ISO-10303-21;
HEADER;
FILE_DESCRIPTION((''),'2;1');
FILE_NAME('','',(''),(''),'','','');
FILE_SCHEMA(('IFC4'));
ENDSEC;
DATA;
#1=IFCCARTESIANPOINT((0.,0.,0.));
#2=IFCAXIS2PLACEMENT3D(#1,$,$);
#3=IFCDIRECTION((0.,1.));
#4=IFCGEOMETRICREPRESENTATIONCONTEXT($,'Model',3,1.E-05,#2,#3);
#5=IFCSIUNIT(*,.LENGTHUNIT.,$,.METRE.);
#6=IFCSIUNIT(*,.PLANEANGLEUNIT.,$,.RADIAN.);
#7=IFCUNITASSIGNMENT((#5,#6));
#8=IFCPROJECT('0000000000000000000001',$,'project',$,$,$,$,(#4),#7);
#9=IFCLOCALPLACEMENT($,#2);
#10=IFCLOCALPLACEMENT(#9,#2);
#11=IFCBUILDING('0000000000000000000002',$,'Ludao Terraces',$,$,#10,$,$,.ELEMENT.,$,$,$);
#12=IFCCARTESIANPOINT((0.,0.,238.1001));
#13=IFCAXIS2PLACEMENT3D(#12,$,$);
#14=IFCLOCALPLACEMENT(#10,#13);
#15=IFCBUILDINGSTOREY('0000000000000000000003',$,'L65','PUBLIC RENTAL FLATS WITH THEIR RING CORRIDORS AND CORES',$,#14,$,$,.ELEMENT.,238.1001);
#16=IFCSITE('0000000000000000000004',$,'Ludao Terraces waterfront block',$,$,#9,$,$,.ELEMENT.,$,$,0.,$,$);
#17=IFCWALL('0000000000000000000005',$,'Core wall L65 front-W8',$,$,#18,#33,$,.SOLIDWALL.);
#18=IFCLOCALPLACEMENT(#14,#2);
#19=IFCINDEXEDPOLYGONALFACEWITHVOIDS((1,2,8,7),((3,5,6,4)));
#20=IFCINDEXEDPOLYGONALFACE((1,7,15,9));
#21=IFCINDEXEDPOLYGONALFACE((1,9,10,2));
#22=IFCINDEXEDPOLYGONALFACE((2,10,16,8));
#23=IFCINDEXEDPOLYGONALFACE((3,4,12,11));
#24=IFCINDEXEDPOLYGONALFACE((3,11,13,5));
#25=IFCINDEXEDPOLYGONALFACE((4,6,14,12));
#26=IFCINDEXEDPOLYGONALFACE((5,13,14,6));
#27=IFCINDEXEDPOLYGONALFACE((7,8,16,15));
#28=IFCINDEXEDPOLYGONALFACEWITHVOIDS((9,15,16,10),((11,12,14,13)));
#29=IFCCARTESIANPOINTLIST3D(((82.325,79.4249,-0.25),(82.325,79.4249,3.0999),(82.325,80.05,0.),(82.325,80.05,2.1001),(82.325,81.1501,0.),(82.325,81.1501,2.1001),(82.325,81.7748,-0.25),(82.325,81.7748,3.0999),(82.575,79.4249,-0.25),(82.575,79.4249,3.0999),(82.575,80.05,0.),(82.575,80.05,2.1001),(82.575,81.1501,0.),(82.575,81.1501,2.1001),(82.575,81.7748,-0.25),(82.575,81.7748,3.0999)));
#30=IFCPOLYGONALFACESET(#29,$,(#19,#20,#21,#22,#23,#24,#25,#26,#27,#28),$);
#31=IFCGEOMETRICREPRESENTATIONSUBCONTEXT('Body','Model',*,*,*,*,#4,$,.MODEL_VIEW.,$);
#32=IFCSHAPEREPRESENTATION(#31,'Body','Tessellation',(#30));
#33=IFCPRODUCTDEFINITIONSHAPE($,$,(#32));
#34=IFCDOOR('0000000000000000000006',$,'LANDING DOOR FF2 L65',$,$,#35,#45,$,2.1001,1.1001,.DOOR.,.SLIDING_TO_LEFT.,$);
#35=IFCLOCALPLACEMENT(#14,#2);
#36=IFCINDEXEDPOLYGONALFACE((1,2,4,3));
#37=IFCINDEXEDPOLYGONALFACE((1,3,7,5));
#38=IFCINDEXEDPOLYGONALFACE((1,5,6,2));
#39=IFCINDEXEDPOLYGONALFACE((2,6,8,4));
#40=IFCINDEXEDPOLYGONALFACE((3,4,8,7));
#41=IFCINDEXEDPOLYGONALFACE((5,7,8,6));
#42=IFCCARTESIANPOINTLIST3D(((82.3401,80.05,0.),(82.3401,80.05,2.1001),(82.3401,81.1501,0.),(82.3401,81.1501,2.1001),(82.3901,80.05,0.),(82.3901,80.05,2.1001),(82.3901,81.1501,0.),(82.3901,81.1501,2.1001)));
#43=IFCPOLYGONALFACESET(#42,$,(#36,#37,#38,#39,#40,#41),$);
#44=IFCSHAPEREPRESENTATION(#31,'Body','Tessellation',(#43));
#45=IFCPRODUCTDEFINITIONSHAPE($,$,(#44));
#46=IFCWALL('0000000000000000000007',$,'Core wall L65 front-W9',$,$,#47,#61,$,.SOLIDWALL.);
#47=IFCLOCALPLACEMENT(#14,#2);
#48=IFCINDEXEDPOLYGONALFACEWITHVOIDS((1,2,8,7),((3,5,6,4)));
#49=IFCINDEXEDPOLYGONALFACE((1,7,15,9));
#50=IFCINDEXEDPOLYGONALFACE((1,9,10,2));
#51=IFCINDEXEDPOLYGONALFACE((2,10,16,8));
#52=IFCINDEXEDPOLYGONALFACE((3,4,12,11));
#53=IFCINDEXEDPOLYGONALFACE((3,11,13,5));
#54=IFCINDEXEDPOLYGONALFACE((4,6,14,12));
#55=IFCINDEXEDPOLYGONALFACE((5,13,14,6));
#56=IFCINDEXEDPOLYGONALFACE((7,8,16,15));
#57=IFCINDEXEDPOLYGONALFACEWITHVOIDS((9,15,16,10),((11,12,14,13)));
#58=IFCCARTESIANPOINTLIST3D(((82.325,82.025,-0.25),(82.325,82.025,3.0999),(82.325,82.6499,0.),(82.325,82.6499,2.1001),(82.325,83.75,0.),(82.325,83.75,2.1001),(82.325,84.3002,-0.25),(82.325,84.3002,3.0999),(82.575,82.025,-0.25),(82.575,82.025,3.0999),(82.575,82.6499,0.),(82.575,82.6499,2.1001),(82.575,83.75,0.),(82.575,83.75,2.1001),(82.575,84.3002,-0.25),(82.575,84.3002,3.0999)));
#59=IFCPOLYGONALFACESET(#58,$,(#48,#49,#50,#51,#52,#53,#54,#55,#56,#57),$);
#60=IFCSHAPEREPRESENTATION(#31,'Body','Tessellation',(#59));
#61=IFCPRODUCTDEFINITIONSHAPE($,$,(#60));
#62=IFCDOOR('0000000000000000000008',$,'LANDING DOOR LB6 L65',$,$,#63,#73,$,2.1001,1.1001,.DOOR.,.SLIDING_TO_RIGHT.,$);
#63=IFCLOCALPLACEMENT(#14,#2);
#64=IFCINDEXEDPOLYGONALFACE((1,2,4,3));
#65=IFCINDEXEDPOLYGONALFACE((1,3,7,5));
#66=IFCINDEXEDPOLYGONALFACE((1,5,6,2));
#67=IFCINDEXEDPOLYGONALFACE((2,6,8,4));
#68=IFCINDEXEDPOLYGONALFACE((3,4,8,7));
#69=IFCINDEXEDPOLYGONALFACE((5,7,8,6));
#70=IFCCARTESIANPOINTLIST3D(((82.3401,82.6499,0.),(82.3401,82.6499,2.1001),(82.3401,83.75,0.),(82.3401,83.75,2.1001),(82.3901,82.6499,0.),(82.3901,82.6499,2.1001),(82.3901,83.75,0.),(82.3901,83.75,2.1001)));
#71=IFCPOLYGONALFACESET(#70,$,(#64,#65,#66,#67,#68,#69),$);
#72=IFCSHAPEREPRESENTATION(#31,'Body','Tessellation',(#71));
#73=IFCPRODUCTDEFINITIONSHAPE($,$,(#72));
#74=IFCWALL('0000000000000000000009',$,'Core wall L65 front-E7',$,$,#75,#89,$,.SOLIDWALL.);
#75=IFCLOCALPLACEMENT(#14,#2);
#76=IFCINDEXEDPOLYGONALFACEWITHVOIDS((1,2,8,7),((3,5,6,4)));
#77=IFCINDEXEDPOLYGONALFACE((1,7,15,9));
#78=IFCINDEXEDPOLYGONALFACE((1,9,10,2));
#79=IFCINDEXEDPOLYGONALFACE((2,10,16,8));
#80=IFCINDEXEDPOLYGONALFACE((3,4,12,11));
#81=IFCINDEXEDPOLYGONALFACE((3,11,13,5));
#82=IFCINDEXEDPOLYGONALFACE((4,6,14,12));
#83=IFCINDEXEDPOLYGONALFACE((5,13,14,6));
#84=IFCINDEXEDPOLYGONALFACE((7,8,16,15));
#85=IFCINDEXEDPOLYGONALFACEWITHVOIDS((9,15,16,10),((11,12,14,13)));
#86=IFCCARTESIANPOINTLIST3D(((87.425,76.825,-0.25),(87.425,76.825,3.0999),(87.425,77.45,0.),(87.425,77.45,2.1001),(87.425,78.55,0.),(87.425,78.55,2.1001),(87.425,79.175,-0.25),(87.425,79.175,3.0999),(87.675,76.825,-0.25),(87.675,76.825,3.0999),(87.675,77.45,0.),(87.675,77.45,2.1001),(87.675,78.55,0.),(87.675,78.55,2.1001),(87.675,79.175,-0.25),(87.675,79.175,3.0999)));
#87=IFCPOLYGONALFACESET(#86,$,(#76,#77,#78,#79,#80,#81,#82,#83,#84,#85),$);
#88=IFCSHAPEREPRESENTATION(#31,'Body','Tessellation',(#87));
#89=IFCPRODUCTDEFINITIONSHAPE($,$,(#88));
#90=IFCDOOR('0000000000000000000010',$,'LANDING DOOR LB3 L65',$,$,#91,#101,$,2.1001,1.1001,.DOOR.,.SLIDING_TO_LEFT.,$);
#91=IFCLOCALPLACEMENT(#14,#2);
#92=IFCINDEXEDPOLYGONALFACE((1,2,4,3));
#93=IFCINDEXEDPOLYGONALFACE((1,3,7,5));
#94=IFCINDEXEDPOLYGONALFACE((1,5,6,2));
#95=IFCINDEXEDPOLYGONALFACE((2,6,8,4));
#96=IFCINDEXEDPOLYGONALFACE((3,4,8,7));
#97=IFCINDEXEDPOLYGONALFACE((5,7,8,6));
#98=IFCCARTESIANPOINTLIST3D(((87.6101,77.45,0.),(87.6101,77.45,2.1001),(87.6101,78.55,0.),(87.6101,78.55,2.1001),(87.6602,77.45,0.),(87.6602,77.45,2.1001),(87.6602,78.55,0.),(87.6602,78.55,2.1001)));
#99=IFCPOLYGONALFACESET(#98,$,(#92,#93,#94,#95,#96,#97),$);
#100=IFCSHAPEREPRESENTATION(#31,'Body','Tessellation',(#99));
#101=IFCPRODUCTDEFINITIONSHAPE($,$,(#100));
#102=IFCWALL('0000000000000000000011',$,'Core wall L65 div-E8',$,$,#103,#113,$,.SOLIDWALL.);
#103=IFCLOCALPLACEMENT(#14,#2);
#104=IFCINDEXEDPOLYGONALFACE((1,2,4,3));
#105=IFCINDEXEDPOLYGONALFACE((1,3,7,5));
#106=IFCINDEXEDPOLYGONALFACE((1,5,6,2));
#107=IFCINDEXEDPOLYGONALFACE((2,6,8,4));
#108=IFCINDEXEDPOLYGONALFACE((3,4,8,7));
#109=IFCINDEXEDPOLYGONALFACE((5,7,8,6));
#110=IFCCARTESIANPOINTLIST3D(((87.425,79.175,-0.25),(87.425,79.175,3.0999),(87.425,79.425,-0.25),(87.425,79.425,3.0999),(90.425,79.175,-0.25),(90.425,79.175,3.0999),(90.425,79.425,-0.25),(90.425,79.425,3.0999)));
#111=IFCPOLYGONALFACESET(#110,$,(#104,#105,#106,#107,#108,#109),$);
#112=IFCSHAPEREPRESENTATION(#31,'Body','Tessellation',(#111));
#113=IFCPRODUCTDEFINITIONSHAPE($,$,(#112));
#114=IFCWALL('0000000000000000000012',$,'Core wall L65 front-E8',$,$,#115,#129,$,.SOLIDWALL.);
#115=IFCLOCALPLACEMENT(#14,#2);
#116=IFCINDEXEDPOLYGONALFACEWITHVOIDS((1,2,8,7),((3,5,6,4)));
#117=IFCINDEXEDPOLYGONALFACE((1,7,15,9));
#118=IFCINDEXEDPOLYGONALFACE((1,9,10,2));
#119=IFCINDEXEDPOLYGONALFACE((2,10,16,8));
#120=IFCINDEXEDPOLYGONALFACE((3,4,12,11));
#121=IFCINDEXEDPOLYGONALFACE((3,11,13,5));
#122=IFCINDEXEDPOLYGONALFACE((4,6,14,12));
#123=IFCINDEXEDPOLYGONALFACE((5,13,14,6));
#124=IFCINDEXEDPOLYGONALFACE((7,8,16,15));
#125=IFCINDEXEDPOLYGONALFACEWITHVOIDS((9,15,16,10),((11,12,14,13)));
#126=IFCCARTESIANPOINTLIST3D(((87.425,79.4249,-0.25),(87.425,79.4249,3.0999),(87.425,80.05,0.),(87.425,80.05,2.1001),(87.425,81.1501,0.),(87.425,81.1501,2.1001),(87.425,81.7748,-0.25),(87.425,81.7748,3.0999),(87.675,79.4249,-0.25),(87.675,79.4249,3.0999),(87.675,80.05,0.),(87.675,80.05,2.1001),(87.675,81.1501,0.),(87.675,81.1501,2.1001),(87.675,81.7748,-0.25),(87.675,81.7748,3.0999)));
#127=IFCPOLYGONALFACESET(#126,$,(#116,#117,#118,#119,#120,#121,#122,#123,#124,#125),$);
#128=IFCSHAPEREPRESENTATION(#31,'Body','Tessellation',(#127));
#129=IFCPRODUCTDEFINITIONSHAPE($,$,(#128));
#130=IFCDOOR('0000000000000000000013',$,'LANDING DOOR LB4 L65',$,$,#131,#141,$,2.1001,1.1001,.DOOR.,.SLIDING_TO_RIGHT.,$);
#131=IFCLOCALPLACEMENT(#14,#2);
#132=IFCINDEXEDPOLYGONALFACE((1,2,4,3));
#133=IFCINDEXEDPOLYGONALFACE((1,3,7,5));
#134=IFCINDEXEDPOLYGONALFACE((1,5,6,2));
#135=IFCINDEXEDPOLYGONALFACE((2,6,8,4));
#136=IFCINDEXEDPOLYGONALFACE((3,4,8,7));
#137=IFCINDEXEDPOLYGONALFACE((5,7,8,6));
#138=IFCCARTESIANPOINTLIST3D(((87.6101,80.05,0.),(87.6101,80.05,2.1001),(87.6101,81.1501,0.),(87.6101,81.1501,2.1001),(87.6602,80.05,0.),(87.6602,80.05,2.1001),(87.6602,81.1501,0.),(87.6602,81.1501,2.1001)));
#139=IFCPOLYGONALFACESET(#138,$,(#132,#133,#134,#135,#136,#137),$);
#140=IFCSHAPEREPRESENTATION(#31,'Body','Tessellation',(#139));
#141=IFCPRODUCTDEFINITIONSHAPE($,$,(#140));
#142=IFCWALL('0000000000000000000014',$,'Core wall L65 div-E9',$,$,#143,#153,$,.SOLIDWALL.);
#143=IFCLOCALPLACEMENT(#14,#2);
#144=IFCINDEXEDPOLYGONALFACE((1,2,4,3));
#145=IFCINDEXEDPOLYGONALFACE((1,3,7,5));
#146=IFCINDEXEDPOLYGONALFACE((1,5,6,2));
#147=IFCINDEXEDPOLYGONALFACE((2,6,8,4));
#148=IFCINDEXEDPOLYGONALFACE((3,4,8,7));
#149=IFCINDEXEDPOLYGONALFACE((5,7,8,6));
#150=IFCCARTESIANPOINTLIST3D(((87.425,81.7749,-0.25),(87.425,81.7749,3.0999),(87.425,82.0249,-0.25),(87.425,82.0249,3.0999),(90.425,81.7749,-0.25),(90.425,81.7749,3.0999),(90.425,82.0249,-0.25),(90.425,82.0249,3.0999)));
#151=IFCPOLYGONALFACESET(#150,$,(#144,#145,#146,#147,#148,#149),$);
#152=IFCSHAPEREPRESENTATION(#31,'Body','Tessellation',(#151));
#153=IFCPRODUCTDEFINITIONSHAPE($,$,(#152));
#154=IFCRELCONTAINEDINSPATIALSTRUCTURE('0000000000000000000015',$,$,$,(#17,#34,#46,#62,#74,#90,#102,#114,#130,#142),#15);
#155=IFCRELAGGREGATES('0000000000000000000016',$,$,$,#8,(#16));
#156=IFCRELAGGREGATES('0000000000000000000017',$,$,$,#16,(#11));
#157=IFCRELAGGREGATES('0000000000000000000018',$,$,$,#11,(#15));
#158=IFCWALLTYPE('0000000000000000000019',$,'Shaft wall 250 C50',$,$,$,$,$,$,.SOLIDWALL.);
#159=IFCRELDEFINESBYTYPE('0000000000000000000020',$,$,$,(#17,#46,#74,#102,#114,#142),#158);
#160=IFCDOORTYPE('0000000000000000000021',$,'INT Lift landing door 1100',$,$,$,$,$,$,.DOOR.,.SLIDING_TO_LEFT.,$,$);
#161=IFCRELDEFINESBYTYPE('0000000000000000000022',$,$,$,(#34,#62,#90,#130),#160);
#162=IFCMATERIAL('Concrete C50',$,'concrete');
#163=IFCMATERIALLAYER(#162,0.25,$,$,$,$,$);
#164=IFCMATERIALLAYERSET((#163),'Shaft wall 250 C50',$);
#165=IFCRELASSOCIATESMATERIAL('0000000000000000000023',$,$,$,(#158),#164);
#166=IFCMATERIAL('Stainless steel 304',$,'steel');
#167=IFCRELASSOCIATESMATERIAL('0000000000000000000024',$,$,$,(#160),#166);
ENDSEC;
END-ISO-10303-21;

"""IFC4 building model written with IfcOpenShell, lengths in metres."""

from ifc_helpers import new_model, si_unit, direction, frame, frame_2d, origin, place, context, subcontext, project, spatial, rectangle, extrude, material, layer, layer_set, type_object, element, fill, save


model = new_model("IFC4")

# Units and contexts
model_context = context("Model", 3, precision=1e-05, world=origin(), true_north=direction((0.0, 1.0)))
body_context = subcontext(model_context, "Body", "Model", "MODEL_VIEW")
ifc_project = project(units=[si_unit("LENGTHUNIT", "METRE"), si_unit("PLANEANGLEUNIT", "RADIAN")], contexts=[model_context])

# Site, building, storey
site_placement = place(None, origin())
site = spatial("IfcSite", under=ifc_project, at=site_placement, Name="Ludao Terraces waterfront block", CompositionType="ELEMENT", RefElevation=0.0)
building_placement = place(site_placement, origin())
building = spatial("IfcBuilding", under=site, at=building_placement, Name="Ludao Terraces", CompositionType="ELEMENT")
storey_placement = place(building_placement, frame((0.0, 0.0, 238.1001)))
storey = spatial("IfcBuildingStorey", under=building, at=storey_placement, Name="L65", Description="PUBLIC RENTAL FLATS WITH THEIR RING CORRIDORS AND CORES", CompositionType="ELEMENT", Elevation=238.1001)

# Shared definitions
ifc_material_1 = material(Name="Concrete C50", Category="concrete")

# Shared definitions
ifc_layer_1 = layer(ifc_material_1, 0.25)
ifc_layer_set_1 = layer_set([ifc_layer_1], Name="Shaft wall 250 C50")
wall_type_1 = type_object("IfcWallType", Name="Shaft wall 250 C50", PredefinedType="SOLIDWALL", material=ifc_layer_set_1)

# Walls, openings, doors
wall_1_placement = place(storey_placement, frame((82.45, 79.425, -0.25), z_axis=(0.0, 0.0, 1.0), x_axis=(0.0, 1.0, 0.0)))
wall_1 = element("IfcWall", 1, at=wall_1_placement, inside=storey, type_object=wall_type_1, Name="Core wall L65 front-W8", PredefinedType="SOLIDWALL", context=body_context, shape_type="SweptSolid", body=[
    extrude(rectangle(XDim=2.3499, YDim=0.25, at=frame_2d((1.1748, 0.0))), origin(), (0.0, 0.0, 1.0), 3.3499),
])
opening_1_placement = place(wall_1_placement, frame((0.625, 0.0, 0.25)))
opening_1 = element("IfcOpeningElement", 2, at=opening_1_placement, cuts=wall_1, PredefinedType="OPENING", context=body_context, shape_type="SweptSolid", body=[
    extrude(rectangle(XDim=1.1001, YDim=2.1001, at=frame_2d((0.55, 1.05))), frame((0.0, 0.135, 0.0), z_axis=(0.0, -1.0, 0.0), x_axis=(1.0, 0.0, 0.0)), (0.0, 0.0, 1.0), 0.27),
])
ifc_material_2 = material(Name="Stainless steel 304", Category="steel")
door_type_1 = type_object("IfcDoorType", Name="INT Lift landing door 1100", OperationType="SLIDING_TO_LEFT", PredefinedType="DOOR", material=ifc_material_2)
door_1_placement = place(opening_1_placement, origin())
door_1 = element("IfcDoor", 3, at=door_1_placement, inside=storey, type_object=door_type_1, Name="LANDING DOOR FF2 L65", OperationType="SLIDING_TO_LEFT", OverallHeight=2.1001, OverallWidth=1.1001, PredefinedType="DOOR", context=body_context, shape_type="SweptSolid", body=[
    extrude(rectangle(XDim=1.1001, YDim=2.1001, at=frame_2d((0.55, 1.05))), frame((0.0, 0.1099, 0.0), z_axis=(0.0, -1.0, 0.0), x_axis=(1.0, 0.0, 0.0)), (0.0, 0.0, 1.0), 0.05),
])
fill(opening_1, door_1)
wall_2_placement = place(storey_placement, frame((82.45, 82.0249, -0.25), z_axis=(0.0, 0.0, 1.0), x_axis=(0.0, 1.0, 0.0)))
wall_2 = element("IfcWall", 4, at=wall_2_placement, inside=storey, type_object=wall_type_1, Name="Core wall L65 front-W9", PredefinedType="SOLIDWALL", context=body_context, shape_type="SweptSolid", body=[
    extrude(rectangle(XDim=2.2751, YDim=0.25, at=frame_2d((1.1377, 0.0))), origin(), (0.0, 0.0, 1.0), 3.3499),
])
opening_2_placement = place(wall_2_placement, frame((0.625, 0.0, 0.25)))
opening_2 = element("IfcOpeningElement", 5, at=opening_2_placement, cuts=wall_2, PredefinedType="OPENING", context=body_context, shape_type="SweptSolid", body=[
    extrude(rectangle(XDim=1.1001, YDim=2.1001, at=frame_2d((0.55, 1.05))), frame((0.0, 0.135, 0.0), z_axis=(0.0, -1.0, 0.0), x_axis=(1.0, 0.0, 0.0)), (0.0, 0.0, 1.0), 0.27),
])
door_2_placement = place(opening_2_placement, origin())
door_2 = element("IfcDoor", 6, at=door_2_placement, inside=storey, type_object=door_type_1, Name="LANDING DOOR LB6 L65", OperationType="SLIDING_TO_RIGHT", OverallHeight=2.1001, OverallWidth=1.1001, PredefinedType="DOOR", context=body_context, shape_type="SweptSolid", body=[
    extrude(rectangle(XDim=1.1001, YDim=2.1001, at=frame_2d((0.55, 1.05))), frame((0.0, 0.1099, 0.0), z_axis=(0.0, -1.0, 0.0), x_axis=(1.0, 0.0, 0.0)), (0.0, 0.0, 1.0), 0.05),
])
fill(opening_2, door_2)
wall_3_placement = place(storey_placement, frame((87.55, 76.825, -0.25), z_axis=(0.0, 0.0, 1.0), x_axis=(0.0, 1.0, 0.0)))
wall_3 = element("IfcWall", 7, at=wall_3_placement, inside=storey, type_object=wall_type_1, Name="Core wall L65 front-E7", PredefinedType="SOLIDWALL", context=body_context, shape_type="SweptSolid", body=[
    extrude(rectangle(XDim=2.3501, YDim=0.25, at=frame_2d((1.175, 0.0))), origin(), (0.0, 0.0, 1.0), 3.3499),
])
opening_3_placement = place(wall_3_placement, frame((0.625, 0.0, 0.25)))
opening_3 = element("IfcOpeningElement", 8, at=opening_3_placement, cuts=wall_3, PredefinedType="OPENING", context=body_context, shape_type="SweptSolid", body=[
    extrude(rectangle(XDim=1.1001, YDim=2.1001, at=frame_2d((0.55, 1.05))), frame((0.0, 0.135, 0.0), z_axis=(0.0, -1.0, 0.0), x_axis=(1.0, 0.0, 0.0)), (0.0, 0.0, 1.0), 0.27),
])
door_3_placement = place(opening_3_placement, origin())
door_3 = element("IfcDoor", 9, at=door_3_placement, inside=storey, type_object=door_type_1, Name="LANDING DOOR LB3 L65", OperationType="SLIDING_TO_LEFT", OverallHeight=2.1001, OverallWidth=1.1001, PredefinedType="DOOR", context=body_context, shape_type="SweptSolid", body=[
    extrude(rectangle(XDim=1.1001, YDim=2.1001, at=frame_2d((0.55, 1.05))), frame((0.0, -0.0601, 0.0), z_axis=(0.0, -1.0, 0.0), x_axis=(1.0, 0.0, 0.0)), (0.0, 0.0, 1.0), 0.05),
])
fill(opening_3, door_3)

# Wall
wall_4_placement = place(storey_placement, frame((87.425, 79.3, -0.25), z_axis=(0.0, 0.0, 1.0), x_axis=(1.0, 0.0, 0.0)))
element("IfcWall", 10, at=wall_4_placement, inside=storey, type_object=wall_type_1, Name="Core wall L65 div-E8", PredefinedType="SOLIDWALL", context=body_context, shape_type="SweptSolid", body=[
    extrude(rectangle(XDim=3.0, YDim=0.25, at=frame_2d((1.5, 0.0))), origin(), (0.0, 0.0, 1.0), 3.3499),
])

# Wall, opening, door
wall_5_placement = place(storey_placement, frame((87.55, 79.425, -0.25), z_axis=(0.0, 0.0, 1.0), x_axis=(0.0, 1.0, 0.0)))
wall_5 = element("IfcWall", 11, at=wall_5_placement, inside=storey, type_object=wall_type_1, Name="Core wall L65 front-E8", PredefinedType="SOLIDWALL", context=body_context, shape_type="SweptSolid", body=[
    extrude(rectangle(XDim=2.3499, YDim=0.25, at=frame_2d((1.1748, 0.0))), origin(), (0.0, 0.0, 1.0), 3.3499),
])
opening_4_placement = place(wall_5_placement, frame((0.625, 0.0, 0.25)))
opening_4 = element("IfcOpeningElement", 12, at=opening_4_placement, cuts=wall_5, PredefinedType="OPENING", context=body_context, shape_type="SweptSolid", body=[
    extrude(rectangle(XDim=1.1001, YDim=2.1001, at=frame_2d((0.55, 1.05))), frame((0.0, 0.135, 0.0), z_axis=(0.0, -1.0, 0.0), x_axis=(1.0, 0.0, 0.0)), (0.0, 0.0, 1.0), 0.27),
])
door_4_placement = place(opening_4_placement, origin())
door_4 = element("IfcDoor", 13, at=door_4_placement, inside=storey, type_object=door_type_1, Name="LANDING DOOR LB4 L65", OperationType="SLIDING_TO_RIGHT", OverallHeight=2.1001, OverallWidth=1.1001, PredefinedType="DOOR", context=body_context, shape_type="SweptSolid", body=[
    extrude(rectangle(XDim=1.1001, YDim=2.1001, at=frame_2d((0.55, 1.05))), frame((0.0, -0.0601, 0.0), z_axis=(0.0, -1.0, 0.0), x_axis=(1.0, 0.0, 0.0)), (0.0, 0.0, 1.0), 0.05),
])
fill(opening_4, door_4)

# Wall
wall_6_placement = place(storey_placement, frame((87.425, 81.8999, -0.25), z_axis=(0.0, 0.0, 1.0), x_axis=(1.0, 0.0, 0.0)))
element("IfcWall", 14, at=wall_6_placement, inside=storey, type_object=wall_type_1, Name="Core wall L65 div-E9", PredefinedType="SOLIDWALL", context=body_context, shape_type="SweptSolid", body=[
    extrude(rectangle(XDim=3.0, YDim=0.25, at=frame_2d((1.5, 0.0))), origin(), (0.0, 0.0, 1.0), 3.3499),
])

save(model, "model.ifc")
